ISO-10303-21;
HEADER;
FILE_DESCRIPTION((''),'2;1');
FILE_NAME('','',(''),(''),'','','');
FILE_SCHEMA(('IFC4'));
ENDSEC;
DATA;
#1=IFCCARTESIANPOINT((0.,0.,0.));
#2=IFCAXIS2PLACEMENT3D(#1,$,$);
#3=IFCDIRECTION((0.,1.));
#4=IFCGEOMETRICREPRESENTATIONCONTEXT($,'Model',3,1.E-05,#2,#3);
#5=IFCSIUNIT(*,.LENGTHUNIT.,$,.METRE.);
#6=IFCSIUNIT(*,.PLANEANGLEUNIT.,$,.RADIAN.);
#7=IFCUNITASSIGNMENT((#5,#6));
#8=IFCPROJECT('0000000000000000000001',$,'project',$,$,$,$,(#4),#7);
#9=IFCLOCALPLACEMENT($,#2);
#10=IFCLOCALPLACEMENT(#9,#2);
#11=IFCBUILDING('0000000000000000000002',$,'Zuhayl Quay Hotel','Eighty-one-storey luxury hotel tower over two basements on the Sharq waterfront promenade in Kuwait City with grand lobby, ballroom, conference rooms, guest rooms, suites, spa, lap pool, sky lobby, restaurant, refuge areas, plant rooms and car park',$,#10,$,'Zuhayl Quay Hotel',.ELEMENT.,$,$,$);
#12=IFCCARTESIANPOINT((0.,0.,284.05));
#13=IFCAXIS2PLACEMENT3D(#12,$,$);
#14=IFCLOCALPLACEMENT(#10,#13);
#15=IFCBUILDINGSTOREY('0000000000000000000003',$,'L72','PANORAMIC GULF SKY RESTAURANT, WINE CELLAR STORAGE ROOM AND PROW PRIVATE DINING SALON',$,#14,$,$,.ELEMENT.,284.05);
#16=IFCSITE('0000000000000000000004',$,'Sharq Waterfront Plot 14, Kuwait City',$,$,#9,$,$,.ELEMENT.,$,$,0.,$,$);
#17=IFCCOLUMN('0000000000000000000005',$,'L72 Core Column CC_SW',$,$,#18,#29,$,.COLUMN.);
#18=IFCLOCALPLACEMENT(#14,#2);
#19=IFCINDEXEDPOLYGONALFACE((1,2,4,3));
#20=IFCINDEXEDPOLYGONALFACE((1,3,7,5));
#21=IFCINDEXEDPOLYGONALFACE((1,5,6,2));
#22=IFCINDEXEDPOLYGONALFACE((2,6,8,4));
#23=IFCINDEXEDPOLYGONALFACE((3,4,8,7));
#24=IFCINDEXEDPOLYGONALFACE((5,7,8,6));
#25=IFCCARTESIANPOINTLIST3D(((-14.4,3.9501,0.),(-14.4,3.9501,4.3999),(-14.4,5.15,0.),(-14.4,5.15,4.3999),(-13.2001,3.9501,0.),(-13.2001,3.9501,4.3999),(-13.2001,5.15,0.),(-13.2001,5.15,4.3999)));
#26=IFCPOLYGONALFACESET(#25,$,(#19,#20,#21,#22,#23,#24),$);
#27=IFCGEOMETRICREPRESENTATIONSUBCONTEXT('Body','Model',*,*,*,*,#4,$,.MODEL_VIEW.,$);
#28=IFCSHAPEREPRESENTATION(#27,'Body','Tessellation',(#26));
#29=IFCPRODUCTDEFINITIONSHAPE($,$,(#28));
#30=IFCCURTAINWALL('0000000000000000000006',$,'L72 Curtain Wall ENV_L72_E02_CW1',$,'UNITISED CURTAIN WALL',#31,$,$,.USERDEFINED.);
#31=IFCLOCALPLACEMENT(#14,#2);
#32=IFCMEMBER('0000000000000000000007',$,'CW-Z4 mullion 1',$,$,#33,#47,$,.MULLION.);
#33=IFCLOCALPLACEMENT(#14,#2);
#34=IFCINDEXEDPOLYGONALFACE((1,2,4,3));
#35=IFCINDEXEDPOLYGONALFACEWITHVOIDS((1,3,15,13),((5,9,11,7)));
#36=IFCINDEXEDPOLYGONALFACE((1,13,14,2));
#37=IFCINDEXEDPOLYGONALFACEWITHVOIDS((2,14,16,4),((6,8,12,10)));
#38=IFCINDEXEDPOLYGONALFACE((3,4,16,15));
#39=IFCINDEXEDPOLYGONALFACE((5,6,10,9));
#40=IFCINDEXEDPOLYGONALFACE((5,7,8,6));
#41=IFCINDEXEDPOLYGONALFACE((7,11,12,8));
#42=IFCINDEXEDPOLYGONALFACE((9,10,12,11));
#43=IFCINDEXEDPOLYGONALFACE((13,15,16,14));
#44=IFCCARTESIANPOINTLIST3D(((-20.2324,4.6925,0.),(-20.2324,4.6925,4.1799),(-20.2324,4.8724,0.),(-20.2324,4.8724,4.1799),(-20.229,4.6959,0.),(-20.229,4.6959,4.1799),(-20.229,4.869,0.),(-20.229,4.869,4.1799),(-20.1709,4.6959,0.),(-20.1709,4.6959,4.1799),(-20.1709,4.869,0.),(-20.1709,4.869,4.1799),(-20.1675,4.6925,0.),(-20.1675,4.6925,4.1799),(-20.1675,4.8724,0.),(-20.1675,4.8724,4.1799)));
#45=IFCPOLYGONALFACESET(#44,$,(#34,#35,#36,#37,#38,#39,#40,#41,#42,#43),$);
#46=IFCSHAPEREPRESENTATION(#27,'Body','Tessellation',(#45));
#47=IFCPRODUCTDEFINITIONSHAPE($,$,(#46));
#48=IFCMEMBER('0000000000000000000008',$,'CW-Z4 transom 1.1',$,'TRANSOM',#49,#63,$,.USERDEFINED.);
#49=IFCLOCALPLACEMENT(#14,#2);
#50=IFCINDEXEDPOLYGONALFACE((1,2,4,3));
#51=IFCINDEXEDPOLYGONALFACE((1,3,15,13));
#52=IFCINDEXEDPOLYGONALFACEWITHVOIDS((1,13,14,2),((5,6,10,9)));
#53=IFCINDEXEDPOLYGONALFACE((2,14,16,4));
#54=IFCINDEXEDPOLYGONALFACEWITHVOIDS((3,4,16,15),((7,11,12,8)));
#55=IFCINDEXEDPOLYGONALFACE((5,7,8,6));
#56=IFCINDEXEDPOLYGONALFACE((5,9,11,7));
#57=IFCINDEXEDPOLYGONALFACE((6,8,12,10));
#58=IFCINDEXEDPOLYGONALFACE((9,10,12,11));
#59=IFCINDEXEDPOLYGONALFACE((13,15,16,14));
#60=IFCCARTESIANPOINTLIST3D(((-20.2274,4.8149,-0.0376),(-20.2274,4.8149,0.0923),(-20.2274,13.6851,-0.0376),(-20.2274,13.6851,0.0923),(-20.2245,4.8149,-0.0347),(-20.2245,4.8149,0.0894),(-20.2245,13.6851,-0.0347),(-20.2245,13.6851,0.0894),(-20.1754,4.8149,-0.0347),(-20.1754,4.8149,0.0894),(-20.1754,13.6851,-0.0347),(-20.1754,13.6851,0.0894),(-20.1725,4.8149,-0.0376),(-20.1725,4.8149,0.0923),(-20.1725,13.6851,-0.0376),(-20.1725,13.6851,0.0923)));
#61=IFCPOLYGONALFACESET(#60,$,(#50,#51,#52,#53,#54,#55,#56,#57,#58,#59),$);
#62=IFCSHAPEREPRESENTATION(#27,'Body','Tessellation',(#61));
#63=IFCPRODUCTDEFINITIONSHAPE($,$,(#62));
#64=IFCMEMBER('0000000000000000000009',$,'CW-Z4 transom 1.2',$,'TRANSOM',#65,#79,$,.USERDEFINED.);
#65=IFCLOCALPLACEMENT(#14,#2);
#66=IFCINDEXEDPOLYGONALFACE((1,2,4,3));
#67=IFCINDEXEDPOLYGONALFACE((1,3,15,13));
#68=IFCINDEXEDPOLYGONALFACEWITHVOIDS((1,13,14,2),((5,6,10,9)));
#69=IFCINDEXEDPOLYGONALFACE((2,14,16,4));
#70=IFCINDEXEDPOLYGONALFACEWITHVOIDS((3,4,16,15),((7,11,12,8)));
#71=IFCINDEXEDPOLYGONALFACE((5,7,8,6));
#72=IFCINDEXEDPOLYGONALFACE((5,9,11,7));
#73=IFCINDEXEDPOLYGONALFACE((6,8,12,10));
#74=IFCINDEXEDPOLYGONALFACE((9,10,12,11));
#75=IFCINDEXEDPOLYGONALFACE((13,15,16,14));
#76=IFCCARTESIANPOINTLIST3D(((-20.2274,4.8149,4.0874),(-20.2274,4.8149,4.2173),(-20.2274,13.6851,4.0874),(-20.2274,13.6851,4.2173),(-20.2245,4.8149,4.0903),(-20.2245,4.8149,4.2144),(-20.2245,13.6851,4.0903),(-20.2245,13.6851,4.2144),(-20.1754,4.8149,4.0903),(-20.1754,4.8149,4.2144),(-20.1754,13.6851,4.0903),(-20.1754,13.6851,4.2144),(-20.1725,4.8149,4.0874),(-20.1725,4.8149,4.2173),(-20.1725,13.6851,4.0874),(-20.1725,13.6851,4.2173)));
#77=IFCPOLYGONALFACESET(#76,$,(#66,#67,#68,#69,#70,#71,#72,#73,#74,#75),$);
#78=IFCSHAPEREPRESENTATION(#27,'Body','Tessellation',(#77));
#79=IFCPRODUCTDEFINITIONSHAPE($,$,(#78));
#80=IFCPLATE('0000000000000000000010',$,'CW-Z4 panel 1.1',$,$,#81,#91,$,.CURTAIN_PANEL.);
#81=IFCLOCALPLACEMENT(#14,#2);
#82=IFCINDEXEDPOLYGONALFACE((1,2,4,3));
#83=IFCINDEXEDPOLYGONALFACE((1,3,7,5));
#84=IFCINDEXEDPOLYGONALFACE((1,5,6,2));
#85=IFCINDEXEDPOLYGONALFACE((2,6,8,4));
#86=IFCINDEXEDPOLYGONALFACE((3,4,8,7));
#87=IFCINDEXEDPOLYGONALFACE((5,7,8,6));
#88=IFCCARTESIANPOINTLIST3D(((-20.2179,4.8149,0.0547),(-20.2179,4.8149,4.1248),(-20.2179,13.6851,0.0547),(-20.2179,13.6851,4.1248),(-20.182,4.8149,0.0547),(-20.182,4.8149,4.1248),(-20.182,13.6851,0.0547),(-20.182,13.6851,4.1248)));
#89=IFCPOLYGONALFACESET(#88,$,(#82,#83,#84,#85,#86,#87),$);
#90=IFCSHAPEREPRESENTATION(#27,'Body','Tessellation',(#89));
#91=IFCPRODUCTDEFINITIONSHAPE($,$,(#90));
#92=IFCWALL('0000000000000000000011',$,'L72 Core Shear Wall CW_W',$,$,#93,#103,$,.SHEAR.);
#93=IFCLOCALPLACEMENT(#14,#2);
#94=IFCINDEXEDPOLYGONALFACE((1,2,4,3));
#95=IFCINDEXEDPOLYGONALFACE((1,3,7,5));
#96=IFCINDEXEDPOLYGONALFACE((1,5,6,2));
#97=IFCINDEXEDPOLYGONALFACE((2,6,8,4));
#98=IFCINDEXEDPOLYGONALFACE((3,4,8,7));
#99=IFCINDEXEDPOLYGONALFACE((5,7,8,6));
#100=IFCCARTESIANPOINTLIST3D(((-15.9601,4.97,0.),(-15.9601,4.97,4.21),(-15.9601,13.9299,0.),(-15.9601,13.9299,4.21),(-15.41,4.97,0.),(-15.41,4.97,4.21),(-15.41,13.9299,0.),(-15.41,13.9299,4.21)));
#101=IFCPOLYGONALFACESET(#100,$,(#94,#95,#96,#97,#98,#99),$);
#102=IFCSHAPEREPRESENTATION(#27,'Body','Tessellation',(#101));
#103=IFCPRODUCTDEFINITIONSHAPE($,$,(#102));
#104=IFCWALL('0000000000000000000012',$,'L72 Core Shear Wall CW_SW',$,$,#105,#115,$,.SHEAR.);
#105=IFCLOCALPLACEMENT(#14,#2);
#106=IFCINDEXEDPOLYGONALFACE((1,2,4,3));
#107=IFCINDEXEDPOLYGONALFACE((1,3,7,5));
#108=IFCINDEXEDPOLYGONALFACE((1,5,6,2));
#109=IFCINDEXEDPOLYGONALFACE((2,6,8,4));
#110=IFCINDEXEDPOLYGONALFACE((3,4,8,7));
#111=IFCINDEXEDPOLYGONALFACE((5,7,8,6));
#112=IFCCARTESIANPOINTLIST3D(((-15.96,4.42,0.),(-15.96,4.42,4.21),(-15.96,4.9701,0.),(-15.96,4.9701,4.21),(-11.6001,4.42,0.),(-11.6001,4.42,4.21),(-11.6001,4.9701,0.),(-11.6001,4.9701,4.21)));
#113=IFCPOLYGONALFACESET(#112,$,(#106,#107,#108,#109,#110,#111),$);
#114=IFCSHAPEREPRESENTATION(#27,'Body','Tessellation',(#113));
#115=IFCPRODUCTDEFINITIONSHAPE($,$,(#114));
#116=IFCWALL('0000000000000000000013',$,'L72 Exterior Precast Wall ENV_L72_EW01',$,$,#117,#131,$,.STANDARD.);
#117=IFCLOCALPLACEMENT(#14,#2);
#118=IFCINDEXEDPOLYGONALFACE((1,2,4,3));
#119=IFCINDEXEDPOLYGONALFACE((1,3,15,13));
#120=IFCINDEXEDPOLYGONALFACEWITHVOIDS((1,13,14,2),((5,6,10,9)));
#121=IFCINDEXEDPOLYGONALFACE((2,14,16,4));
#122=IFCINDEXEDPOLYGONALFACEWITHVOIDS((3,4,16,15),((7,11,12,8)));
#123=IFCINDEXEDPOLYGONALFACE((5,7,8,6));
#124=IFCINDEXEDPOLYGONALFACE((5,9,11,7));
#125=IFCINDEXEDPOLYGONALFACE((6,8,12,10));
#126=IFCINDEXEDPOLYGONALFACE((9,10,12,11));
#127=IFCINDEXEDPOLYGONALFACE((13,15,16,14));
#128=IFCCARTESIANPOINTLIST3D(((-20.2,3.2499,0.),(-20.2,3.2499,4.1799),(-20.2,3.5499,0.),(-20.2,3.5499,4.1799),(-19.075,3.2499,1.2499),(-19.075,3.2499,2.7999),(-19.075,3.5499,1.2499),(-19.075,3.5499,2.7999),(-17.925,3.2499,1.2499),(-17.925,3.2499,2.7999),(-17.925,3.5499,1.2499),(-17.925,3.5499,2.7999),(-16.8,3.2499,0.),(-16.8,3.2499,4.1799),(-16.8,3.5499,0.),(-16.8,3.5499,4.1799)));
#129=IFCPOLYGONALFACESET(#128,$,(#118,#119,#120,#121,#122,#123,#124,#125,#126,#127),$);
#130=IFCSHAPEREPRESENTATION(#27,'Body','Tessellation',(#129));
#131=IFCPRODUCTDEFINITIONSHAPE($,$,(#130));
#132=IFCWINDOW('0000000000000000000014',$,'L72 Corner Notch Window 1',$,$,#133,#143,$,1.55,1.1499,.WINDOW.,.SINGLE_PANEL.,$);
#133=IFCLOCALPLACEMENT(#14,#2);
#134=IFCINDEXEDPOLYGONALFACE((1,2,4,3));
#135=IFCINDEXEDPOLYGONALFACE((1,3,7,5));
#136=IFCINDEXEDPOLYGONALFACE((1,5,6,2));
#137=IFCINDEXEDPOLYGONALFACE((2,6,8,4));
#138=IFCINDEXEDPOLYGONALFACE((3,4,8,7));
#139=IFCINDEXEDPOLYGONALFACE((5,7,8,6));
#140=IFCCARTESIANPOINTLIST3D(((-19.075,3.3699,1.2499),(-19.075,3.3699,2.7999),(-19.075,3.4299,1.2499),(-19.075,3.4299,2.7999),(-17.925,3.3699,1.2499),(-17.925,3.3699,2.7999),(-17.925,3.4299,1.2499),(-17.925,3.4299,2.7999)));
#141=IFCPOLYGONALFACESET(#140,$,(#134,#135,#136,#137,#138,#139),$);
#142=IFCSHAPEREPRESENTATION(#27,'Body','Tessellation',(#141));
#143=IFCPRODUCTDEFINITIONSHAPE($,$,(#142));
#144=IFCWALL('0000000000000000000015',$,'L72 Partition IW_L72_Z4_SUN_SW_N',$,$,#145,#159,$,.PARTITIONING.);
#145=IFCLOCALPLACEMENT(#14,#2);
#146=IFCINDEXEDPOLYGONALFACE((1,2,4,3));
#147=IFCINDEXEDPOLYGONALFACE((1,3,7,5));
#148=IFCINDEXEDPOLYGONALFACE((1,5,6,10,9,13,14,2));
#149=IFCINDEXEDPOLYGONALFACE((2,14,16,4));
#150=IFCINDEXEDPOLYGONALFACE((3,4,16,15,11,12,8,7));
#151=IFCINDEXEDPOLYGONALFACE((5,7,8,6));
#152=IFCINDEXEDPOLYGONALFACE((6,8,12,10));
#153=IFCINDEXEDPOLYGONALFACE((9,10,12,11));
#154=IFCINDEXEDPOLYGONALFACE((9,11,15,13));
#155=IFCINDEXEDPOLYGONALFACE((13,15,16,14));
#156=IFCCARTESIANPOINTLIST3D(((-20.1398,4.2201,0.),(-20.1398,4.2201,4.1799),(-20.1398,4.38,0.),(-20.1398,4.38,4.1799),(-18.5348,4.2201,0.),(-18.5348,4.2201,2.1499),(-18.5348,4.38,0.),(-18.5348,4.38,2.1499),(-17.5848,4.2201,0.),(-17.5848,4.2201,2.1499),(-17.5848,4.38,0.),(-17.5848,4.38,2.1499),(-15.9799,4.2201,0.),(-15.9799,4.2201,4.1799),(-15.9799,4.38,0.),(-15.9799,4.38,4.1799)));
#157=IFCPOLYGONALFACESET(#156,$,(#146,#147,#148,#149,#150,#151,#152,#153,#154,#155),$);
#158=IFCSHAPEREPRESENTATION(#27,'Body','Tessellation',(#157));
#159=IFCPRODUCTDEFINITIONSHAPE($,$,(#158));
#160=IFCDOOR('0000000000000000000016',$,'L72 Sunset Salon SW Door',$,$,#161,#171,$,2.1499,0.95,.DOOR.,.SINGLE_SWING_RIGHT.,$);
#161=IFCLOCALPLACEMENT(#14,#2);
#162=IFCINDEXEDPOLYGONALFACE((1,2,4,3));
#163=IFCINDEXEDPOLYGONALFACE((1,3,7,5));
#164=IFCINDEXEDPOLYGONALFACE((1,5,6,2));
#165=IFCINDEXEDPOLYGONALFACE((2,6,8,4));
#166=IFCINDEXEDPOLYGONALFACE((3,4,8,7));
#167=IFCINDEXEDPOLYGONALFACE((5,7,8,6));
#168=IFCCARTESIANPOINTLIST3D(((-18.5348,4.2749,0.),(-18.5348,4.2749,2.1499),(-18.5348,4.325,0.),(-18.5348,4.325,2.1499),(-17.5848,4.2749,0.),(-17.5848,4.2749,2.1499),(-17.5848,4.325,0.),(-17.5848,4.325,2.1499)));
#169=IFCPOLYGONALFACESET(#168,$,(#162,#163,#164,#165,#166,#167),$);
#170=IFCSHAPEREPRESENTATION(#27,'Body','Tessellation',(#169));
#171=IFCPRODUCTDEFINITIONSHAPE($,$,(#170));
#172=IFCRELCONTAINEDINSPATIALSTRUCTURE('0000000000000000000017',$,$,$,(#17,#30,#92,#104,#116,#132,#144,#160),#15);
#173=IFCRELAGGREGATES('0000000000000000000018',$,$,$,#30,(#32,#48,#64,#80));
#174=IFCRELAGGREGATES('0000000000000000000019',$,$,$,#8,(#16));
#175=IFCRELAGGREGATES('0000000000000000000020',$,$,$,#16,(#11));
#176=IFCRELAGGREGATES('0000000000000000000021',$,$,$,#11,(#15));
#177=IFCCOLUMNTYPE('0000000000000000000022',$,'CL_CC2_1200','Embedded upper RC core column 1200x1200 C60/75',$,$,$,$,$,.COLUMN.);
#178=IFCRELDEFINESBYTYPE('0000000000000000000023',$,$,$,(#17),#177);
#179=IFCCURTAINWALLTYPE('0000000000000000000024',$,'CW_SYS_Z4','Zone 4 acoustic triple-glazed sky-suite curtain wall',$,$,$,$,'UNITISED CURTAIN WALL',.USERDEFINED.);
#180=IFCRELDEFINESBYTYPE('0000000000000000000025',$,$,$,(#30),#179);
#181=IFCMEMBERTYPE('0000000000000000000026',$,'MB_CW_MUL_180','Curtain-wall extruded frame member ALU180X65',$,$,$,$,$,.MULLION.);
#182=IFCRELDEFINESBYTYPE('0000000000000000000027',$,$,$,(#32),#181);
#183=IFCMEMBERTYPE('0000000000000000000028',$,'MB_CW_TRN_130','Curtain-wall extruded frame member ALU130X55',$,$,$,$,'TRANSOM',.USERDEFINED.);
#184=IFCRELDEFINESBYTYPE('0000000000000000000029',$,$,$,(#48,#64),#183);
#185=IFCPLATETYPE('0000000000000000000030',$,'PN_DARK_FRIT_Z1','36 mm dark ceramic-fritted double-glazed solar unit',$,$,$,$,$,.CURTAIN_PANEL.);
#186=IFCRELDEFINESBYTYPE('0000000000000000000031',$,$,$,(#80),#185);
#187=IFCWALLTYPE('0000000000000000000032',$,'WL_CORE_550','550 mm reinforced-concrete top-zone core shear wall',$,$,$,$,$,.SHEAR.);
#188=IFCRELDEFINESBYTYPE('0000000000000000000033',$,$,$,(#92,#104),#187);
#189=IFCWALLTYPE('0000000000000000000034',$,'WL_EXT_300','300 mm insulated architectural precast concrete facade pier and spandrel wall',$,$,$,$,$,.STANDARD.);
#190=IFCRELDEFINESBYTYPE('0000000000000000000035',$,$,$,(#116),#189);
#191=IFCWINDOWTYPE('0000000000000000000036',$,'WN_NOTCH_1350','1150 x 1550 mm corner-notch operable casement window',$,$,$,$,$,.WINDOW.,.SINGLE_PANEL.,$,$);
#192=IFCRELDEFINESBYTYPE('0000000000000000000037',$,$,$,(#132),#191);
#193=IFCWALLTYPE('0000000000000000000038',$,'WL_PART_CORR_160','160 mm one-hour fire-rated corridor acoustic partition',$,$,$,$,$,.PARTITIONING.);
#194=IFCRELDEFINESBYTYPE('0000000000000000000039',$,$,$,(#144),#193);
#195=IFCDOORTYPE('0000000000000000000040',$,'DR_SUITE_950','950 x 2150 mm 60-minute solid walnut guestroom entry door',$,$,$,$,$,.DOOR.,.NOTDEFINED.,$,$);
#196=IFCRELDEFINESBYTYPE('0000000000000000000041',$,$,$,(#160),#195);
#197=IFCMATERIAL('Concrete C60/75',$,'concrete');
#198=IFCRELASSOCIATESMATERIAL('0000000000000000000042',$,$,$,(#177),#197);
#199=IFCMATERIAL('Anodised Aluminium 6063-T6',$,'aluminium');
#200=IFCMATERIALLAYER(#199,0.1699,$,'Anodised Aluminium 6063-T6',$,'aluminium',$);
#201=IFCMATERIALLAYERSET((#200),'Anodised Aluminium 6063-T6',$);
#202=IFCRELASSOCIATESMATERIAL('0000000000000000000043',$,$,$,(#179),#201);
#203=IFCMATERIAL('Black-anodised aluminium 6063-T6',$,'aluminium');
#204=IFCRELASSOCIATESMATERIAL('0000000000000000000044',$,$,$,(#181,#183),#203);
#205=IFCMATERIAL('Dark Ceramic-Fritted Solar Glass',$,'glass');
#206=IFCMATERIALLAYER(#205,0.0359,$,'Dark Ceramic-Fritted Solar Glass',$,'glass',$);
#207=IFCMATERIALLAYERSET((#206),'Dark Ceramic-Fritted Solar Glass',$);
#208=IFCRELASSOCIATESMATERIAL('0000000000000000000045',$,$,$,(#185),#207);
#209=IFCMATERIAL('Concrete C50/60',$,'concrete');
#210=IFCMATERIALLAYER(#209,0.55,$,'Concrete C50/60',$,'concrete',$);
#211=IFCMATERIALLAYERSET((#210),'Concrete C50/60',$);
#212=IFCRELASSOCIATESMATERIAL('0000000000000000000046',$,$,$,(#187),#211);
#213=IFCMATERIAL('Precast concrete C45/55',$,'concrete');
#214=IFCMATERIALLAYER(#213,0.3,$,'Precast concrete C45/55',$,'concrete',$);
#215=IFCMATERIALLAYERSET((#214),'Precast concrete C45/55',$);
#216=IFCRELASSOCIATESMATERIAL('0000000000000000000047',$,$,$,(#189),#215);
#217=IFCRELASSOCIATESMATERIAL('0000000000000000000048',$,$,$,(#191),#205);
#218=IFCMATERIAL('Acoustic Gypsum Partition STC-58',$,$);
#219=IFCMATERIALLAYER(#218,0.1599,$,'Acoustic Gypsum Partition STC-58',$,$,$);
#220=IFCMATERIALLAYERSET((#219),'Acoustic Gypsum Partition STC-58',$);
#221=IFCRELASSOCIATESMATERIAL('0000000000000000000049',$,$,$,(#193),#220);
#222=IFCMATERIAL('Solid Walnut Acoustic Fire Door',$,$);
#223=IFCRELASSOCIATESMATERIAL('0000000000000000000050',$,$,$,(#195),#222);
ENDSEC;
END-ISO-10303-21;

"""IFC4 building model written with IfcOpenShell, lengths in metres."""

from ifc_helpers import new_model, si_unit, direction, frame, frame_2d, origin, origin_2d, place, context, subcontext, project, spatial, rectangle, hollow_rectangle, extrude, material, layer, layer_set, material_profile, profile_set, type_object, element, fill, aggregate, save


model = new_model("IFC4")

# Units and contexts
model_context = context("Model", 3, precision=1e-05, world=origin(), true_north=direction((0.0, 1.0)))
body_context = subcontext(model_context, "Body", "Model", "MODEL_VIEW")
ifc_project = project(units=[si_unit("LENGTHUNIT", "METRE"), si_unit("PLANEANGLEUNIT", "RADIAN")], contexts=[model_context])

# Site, building, storey
site_placement = place(None, origin())
site = spatial("IfcSite", under=ifc_project, at=site_placement, Name="Sharq Waterfront Plot 14, Kuwait City", CompositionType="ELEMENT", RefElevation=0.0)
building_placement = place(site_placement, origin())
building = spatial("IfcBuilding", under=site, at=building_placement, Name="Zuhayl Quay Hotel", Description="Eighty-one-storey luxury hotel tower over two basements on the Sharq waterfront promenade in Kuwait City with grand lobby, ballroom, conference rooms, guest rooms, suites, spa, lap pool, sky lobby, restaurant, refuge areas, plant rooms and car park", LongName="Zuhayl Quay Hotel", CompositionType="ELEMENT")
storey_placement = place(building_placement, frame((0.0, 0.0, 284.05)))
storey = spatial("IfcBuildingStorey", under=building, at=storey_placement, Name="L72", Description="PANORAMIC GULF SKY RESTAURANT, WINE CELLAR STORAGE ROOM AND PROW PRIVATE DINING SALON", CompositionType="ELEMENT", Elevation=284.05)

# Column
ifc_material_1 = material(Name="Concrete C60/75", Category="concrete")
ifc_material_profile_1 = material_profile(ifc_material_1, rectangle(XDim=1.2, YDim=1.2, at=origin_2d()), Name="RC1200X1200")
ifc_profile_set_1 = profile_set([ifc_material_profile_1], Name="Concrete C60/75")
column_type = type_object("IfcColumnType", Name="CL_CC2_1200", Description="Embedded upper RC core column 1200x1200 C60/75", PredefinedType="COLUMN", material=ifc_profile_set_1)
column_placement = place(storey_placement, frame((-13.8, 4.55, 0.0), z_axis=(0.0, 0.0, 1.0), x_axis=(1.0, 0.0, 0.0)))
element("IfcColumn", 1, at=column_placement, inside=storey, type_object=column_type, Name="L72 Core Column CC_SW", PredefinedType="COLUMN", context=body_context, shape_type="SweptSolid", body=[
    extrude(rectangle(XDim=1.2, YDim=1.2, at=origin_2d()), origin(), (0.0, 0.0, 1.0), 4.3999),
])

# Curtain wall, members, plate
ifc_material_2 = material(Name="Anodised Aluminium 6063-T6", Category="aluminium")
ifc_layer_1 = layer(ifc_material_2, 0.1699, Name="Anodised Aluminium 6063-T6", Category="aluminium")
ifc_layer_set_1 = layer_set([ifc_layer_1], Name="Anodised Aluminium 6063-T6")
curtain_wall_type = type_object("IfcCurtainWallType", Name="CW_SYS_Z4", Description="Zone 4 acoustic triple-glazed sky-suite curtain wall", ElementType="UNITISED CURTAIN WALL", PredefinedType="USERDEFINED", material=ifc_layer_set_1)
curtain_wall_placement = place(storey_placement, origin())
curtain_wall = element("IfcCurtainWall", 2, at=curtain_wall_placement, inside=storey, type_object=curtain_wall_type, Name="L72 Curtain Wall ENV_L72_E02_CW1", ObjectType="UNITISED CURTAIN WALL", PredefinedType="USERDEFINED")
ifc_material_3 = material(Name="Black-anodised aluminium 6063-T6", Category="aluminium")
ifc_material_profile_2 = material_profile(ifc_material_3, hollow_rectangle(XDim=0.0649, YDim=0.1799, WallThickness=0.0034, at=origin_2d()), Name="ALU180X65")
ifc_profile_set_2 = profile_set([ifc_material_profile_2], Name="Black-anodised aluminium 6063-T6")
member_type_1 = type_object("IfcMemberType", Name="MB_CW_MUL_180", Description="Curtain-wall extruded frame member ALU180X65", PredefinedType="MULLION", material=ifc_profile_set_2)
member_1_placement = place(storey_placement, frame((-20.2, 4.7825, 0.0), z_axis=(0.0, 0.0, 1.0), x_axis=(-1.0, 0.0, 0.0)))
member_1 = element("IfcMember", 3, at=member_1_placement, type_object=member_type_1, Name="CW-Z4 mullion 1", PredefinedType="MULLION", context=body_context, shape_type="SweptSolid", body=[
    extrude(hollow_rectangle(XDim=0.0649, YDim=0.1799, WallThickness=0.0034, at=origin_2d()), origin(), (0.0, 0.0, 1.0), 4.1799),
])
ifc_material_profile_3 = material_profile(ifc_material_3, hollow_rectangle(XDim=0.0549, YDim=0.1299, WallThickness=0.0029, at=origin_2d()), Name="ALU130X55")
ifc_profile_set_3 = profile_set([ifc_material_profile_3], Name="Black-anodised aluminium 6063-T6")
member_type_2 = type_object("IfcMemberType", Name="MB_CW_TRN_130", Description="Curtain-wall extruded frame member ALU130X55", ElementType="TRANSOM", PredefinedType="USERDEFINED", material=ifc_profile_set_3)
member_2_placement = place(storey_placement, frame((-20.2, 4.8149, 0.0273), z_axis=(0.0, 1.0, 0.0), x_axis=(-1.0, 0.0, 0.0)))
member_2 = element("IfcMember", 4, at=member_2_placement, type_object=member_type_2, Name="CW-Z4 transom 1.1", ObjectType="TRANSOM", PredefinedType="USERDEFINED", context=body_context, shape_type="SweptSolid", body=[
    extrude(hollow_rectangle(XDim=0.0549, YDim=0.1299, WallThickness=0.0029, at=origin_2d()), origin(), (0.0, 0.0, 1.0), 8.8701),
])
member_3_placement = place(storey_placement, frame((-20.2, 4.8149, 4.1523), z_axis=(0.0, 1.0, 0.0), x_axis=(-1.0, 0.0, 0.0)))
member_3 = element("IfcMember", 5, at=member_3_placement, type_object=member_type_2, Name="CW-Z4 transom 1.2", ObjectType="TRANSOM", PredefinedType="USERDEFINED", context=body_context, shape_type="SweptSolid", body=[
    extrude(hollow_rectangle(XDim=0.0549, YDim=0.1299, WallThickness=0.0029, at=origin_2d()), origin(), (0.0, 0.0, 1.0), 8.8701),
])
ifc_material_4 = material(Name="Dark Ceramic-Fritted Solar Glass", Category="glass")
ifc_layer_2 = layer(ifc_material_4, 0.0359, Name="Dark Ceramic-Fritted Solar Glass", Category="glass")
ifc_layer_set_2 = layer_set([ifc_layer_2], Name="Dark Ceramic-Fritted Solar Glass")
plate_type = type_object("IfcPlateType", Name="PN_DARK_FRIT_Z1", Description="36 mm dark ceramic-fritted double-glazed solar unit", PredefinedType="CURTAIN_PANEL", material=ifc_layer_set_2)
plate_placement = place(storey_placement, frame((-20.2, 9.25, 0.0547), z_axis=(0.0, 0.0, 1.0), x_axis=(0.0, 1.0, 0.0)))
plate = element("IfcPlate", 6, at=plate_placement, type_object=plate_type, Name="CW-Z4 panel 1.1", PredefinedType="CURTAIN_PANEL", context=body_context, shape_type="SweptSolid", body=[
    extrude(rectangle(XDim=8.8701, YDim=0.0359, at=origin_2d()), origin(), (0.0, 0.0, 1.0), 4.0701),
])
aggregate(curtain_wall, [member_1, member_2, member_3, plate])

# Walls
ifc_material_5 = material(Name="Concrete C50/60", Category="concrete")
ifc_layer_3 = layer(ifc_material_5, 0.55, Name="Concrete C50/60", Category="concrete")
ifc_layer_set_3 = layer_set([ifc_layer_3], Name="Concrete C50/60")
wall_type_1 = type_object("IfcWallType", Name="WL_CORE_550", Description="550 mm reinforced-concrete top-zone core shear wall", PredefinedType="SHEAR", material=ifc_layer_set_3)
wall_1_placement = place(storey_placement, frame((-15.6851, 4.97, 0.0), z_axis=(0.0, 0.0, 1.0), x_axis=(0.0, 1.0, 0.0)))
element("IfcWall", 7, at=wall_1_placement, inside=storey, type_object=wall_type_1, Name="L72 Core Shear Wall CW_W", PredefinedType="SHEAR", context=body_context, shape_type="SweptSolid", body=[
    extrude(rectangle(XDim=8.96, YDim=0.55, at=frame_2d((4.48, 0.0))), origin(), (0.0, 0.0, 1.0), 4.21),
])
wall_2_placement = place(storey_placement, frame((-15.96, 4.6951, 0.0), z_axis=(0.0, 0.0, 1.0), x_axis=(1.0, 0.0, 0.0)))
element("IfcWall", 8, at=wall_2_placement, inside=storey, type_object=wall_type_1, Name="L72 Core Shear Wall CW_SW", PredefinedType="SHEAR", context=body_context, shape_type="SweptSolid", body=[
    extrude(rectangle(XDim=4.3599, YDim=0.55, at=frame_2d((2.1799, 0.0))), origin(), (0.0, 0.0, 1.0), 4.21),
])

# Wall, opening, window
ifc_material_6 = material(Name="Precast concrete C45/55", Category="concrete")
ifc_layer_4 = layer(ifc_material_6, 0.3, Name="Precast concrete C45/55", Category="concrete")
ifc_layer_set_4 = layer_set([ifc_layer_4], Name="Precast concrete C45/55")
wall_type_2 = type_object("IfcWallType", Name="WL_EXT_300", Description="300 mm insulated architectural precast concrete facade pier and spandrel wall", PredefinedType="STANDARD", material=ifc_layer_set_4)
wall_3_placement = place(storey_placement, frame((-16.8, 3.3999, 0.0), z_axis=(0.0, 0.0, 1.0), x_axis=(-1.0, 0.0, 0.0)))
wall_3 = element("IfcWall", 9, at=wall_3_placement, inside=storey, type_object=wall_type_2, Name="L72 Exterior Precast Wall ENV_L72_EW01", PredefinedType="STANDARD", context=body_context, shape_type="SweptSolid", body=[
    extrude(rectangle(XDim=3.3999, YDim=0.3, at=frame_2d((1.7, 0.0))), origin(), (0.0, 0.0, 1.0), 4.1799),
])
opening_1_placement = place(wall_3_placement, frame((1.125, 0.0, 1.25)))
opening_1 = element("IfcOpeningElement", 10, at=opening_1_placement, cuts=wall_3, PredefinedType="OPENING", context=body_context, shape_type="SweptSolid", body=[
    extrude(rectangle(XDim=1.1499, YDim=1.55, at=frame_2d((0.575, 0.7749))), frame((0.0, 0.1599, 0.0), z_axis=(0.0, -1.0, 0.0), x_axis=(1.0, 0.0, 0.0)), (0.0, 0.0, 1.0), 0.3201),
])
window_type = type_object("IfcWindowType", Name="WN_NOTCH_1350", Description="1150 x 1550 mm corner-notch operable casement window", PartitioningType="SINGLE_PANEL", PredefinedType="WINDOW", material=ifc_material_4)
window_placement = place(opening_1_placement, origin())
window = element("IfcWindow", 11, at=window_placement, inside=storey, type_object=window_type, Name="L72 Corner Notch Window 1", OverallHeight=1.55, OverallWidth=1.1499, PartitioningType="SINGLE_PANEL", PredefinedType="WINDOW", context=body_context, shape_type="SweptSolid", body=[
    extrude(rectangle(XDim=1.1499, YDim=1.55, at=frame_2d((0.575, 0.7749))), frame((0.0, 0.03, 0.0), z_axis=(0.0, -1.0, 0.0), x_axis=(1.0, 0.0, 0.0)), (0.0, 0.0, 1.0), 0.0601),
])
fill(opening_1, window)

# Wall, opening, door
ifc_material_7 = material(Name="Acoustic Gypsum Partition STC-58")
ifc_layer_5 = layer(ifc_material_7, 0.1599, Name="Acoustic Gypsum Partition STC-58")
ifc_layer_set_5 = layer_set([ifc_layer_5], Name="Acoustic Gypsum Partition STC-58")
wall_type_3 = type_object("IfcWallType", Name="WL_PART_CORR_160", Description="160 mm one-hour fire-rated corridor acoustic partition", PredefinedType="PARTITIONING", material=ifc_layer_set_5)
wall_4_placement = place(storey_placement, frame((-20.1399, 4.3, 0.0), z_axis=(0.0, 0.0, 1.0), x_axis=(1.0, 0.0, 0.0)))
wall_4 = element("IfcWall", 12, at=wall_4_placement, inside=storey, type_object=wall_type_3, Name="L72 Partition IW_L72_Z4_SUN_SW_N", PredefinedType="PARTITIONING", context=body_context, shape_type="SweptSolid", body=[
    extrude(rectangle(XDim=4.1599, YDim=0.1599, at=frame_2d((2.0801, 0.0))), origin(), (0.0, 0.0, 1.0), 4.1799),
])
opening_2_placement = place(wall_4_placement, frame((1.605, 0.0, 0.0)))
opening_2 = element("IfcOpeningElement", 13, at=opening_2_placement, cuts=wall_4, PredefinedType="OPENING", context=body_context, shape_type="SweptSolid", body=[
    extrude(rectangle(XDim=0.95, YDim=2.1499, at=frame_2d((0.4751, 1.075))), frame((0.0, 0.0898, 0.0), z_axis=(0.0, -1.0, 0.0), x_axis=(1.0, 0.0, 0.0)), (0.0, 0.0, 1.0), 0.1799),
])
ifc_material_8 = material(Name="Solid Walnut Acoustic Fire Door")
door_type_1 = type_object("IfcDoorType", Name="DR_SUITE_950", Description="950 x 2150 mm 60-minute solid walnut guestroom entry door", OperationType="NOTDEFINED", PredefinedType="DOOR", material=ifc_material_8)
door_1_placement = place(opening_2_placement, origin())
door_1 = element("IfcDoor", 14, at=door_1_placement, inside=storey, type_object=door_type_1, Name="L72 Sunset Salon SW Door", OperationType="SINGLE_SWING_RIGHT", OverallHeight=2.1499, OverallWidth=0.95, PredefinedType="DOOR", context=body_context, shape_type="SweptSolid", body=[
    extrude(rectangle(XDim=0.95, YDim=2.1499, at=frame_2d((0.4751, 1.075))), frame((0.0, 0.0249, 0.0), z_axis=(0.0, -1.0, 0.0), x_axis=(1.0, 0.0, 0.0)), (0.0, 0.0, 1.0), 0.05),
])
fill(opening_2, door_1)

save(model, "model.ifc")
